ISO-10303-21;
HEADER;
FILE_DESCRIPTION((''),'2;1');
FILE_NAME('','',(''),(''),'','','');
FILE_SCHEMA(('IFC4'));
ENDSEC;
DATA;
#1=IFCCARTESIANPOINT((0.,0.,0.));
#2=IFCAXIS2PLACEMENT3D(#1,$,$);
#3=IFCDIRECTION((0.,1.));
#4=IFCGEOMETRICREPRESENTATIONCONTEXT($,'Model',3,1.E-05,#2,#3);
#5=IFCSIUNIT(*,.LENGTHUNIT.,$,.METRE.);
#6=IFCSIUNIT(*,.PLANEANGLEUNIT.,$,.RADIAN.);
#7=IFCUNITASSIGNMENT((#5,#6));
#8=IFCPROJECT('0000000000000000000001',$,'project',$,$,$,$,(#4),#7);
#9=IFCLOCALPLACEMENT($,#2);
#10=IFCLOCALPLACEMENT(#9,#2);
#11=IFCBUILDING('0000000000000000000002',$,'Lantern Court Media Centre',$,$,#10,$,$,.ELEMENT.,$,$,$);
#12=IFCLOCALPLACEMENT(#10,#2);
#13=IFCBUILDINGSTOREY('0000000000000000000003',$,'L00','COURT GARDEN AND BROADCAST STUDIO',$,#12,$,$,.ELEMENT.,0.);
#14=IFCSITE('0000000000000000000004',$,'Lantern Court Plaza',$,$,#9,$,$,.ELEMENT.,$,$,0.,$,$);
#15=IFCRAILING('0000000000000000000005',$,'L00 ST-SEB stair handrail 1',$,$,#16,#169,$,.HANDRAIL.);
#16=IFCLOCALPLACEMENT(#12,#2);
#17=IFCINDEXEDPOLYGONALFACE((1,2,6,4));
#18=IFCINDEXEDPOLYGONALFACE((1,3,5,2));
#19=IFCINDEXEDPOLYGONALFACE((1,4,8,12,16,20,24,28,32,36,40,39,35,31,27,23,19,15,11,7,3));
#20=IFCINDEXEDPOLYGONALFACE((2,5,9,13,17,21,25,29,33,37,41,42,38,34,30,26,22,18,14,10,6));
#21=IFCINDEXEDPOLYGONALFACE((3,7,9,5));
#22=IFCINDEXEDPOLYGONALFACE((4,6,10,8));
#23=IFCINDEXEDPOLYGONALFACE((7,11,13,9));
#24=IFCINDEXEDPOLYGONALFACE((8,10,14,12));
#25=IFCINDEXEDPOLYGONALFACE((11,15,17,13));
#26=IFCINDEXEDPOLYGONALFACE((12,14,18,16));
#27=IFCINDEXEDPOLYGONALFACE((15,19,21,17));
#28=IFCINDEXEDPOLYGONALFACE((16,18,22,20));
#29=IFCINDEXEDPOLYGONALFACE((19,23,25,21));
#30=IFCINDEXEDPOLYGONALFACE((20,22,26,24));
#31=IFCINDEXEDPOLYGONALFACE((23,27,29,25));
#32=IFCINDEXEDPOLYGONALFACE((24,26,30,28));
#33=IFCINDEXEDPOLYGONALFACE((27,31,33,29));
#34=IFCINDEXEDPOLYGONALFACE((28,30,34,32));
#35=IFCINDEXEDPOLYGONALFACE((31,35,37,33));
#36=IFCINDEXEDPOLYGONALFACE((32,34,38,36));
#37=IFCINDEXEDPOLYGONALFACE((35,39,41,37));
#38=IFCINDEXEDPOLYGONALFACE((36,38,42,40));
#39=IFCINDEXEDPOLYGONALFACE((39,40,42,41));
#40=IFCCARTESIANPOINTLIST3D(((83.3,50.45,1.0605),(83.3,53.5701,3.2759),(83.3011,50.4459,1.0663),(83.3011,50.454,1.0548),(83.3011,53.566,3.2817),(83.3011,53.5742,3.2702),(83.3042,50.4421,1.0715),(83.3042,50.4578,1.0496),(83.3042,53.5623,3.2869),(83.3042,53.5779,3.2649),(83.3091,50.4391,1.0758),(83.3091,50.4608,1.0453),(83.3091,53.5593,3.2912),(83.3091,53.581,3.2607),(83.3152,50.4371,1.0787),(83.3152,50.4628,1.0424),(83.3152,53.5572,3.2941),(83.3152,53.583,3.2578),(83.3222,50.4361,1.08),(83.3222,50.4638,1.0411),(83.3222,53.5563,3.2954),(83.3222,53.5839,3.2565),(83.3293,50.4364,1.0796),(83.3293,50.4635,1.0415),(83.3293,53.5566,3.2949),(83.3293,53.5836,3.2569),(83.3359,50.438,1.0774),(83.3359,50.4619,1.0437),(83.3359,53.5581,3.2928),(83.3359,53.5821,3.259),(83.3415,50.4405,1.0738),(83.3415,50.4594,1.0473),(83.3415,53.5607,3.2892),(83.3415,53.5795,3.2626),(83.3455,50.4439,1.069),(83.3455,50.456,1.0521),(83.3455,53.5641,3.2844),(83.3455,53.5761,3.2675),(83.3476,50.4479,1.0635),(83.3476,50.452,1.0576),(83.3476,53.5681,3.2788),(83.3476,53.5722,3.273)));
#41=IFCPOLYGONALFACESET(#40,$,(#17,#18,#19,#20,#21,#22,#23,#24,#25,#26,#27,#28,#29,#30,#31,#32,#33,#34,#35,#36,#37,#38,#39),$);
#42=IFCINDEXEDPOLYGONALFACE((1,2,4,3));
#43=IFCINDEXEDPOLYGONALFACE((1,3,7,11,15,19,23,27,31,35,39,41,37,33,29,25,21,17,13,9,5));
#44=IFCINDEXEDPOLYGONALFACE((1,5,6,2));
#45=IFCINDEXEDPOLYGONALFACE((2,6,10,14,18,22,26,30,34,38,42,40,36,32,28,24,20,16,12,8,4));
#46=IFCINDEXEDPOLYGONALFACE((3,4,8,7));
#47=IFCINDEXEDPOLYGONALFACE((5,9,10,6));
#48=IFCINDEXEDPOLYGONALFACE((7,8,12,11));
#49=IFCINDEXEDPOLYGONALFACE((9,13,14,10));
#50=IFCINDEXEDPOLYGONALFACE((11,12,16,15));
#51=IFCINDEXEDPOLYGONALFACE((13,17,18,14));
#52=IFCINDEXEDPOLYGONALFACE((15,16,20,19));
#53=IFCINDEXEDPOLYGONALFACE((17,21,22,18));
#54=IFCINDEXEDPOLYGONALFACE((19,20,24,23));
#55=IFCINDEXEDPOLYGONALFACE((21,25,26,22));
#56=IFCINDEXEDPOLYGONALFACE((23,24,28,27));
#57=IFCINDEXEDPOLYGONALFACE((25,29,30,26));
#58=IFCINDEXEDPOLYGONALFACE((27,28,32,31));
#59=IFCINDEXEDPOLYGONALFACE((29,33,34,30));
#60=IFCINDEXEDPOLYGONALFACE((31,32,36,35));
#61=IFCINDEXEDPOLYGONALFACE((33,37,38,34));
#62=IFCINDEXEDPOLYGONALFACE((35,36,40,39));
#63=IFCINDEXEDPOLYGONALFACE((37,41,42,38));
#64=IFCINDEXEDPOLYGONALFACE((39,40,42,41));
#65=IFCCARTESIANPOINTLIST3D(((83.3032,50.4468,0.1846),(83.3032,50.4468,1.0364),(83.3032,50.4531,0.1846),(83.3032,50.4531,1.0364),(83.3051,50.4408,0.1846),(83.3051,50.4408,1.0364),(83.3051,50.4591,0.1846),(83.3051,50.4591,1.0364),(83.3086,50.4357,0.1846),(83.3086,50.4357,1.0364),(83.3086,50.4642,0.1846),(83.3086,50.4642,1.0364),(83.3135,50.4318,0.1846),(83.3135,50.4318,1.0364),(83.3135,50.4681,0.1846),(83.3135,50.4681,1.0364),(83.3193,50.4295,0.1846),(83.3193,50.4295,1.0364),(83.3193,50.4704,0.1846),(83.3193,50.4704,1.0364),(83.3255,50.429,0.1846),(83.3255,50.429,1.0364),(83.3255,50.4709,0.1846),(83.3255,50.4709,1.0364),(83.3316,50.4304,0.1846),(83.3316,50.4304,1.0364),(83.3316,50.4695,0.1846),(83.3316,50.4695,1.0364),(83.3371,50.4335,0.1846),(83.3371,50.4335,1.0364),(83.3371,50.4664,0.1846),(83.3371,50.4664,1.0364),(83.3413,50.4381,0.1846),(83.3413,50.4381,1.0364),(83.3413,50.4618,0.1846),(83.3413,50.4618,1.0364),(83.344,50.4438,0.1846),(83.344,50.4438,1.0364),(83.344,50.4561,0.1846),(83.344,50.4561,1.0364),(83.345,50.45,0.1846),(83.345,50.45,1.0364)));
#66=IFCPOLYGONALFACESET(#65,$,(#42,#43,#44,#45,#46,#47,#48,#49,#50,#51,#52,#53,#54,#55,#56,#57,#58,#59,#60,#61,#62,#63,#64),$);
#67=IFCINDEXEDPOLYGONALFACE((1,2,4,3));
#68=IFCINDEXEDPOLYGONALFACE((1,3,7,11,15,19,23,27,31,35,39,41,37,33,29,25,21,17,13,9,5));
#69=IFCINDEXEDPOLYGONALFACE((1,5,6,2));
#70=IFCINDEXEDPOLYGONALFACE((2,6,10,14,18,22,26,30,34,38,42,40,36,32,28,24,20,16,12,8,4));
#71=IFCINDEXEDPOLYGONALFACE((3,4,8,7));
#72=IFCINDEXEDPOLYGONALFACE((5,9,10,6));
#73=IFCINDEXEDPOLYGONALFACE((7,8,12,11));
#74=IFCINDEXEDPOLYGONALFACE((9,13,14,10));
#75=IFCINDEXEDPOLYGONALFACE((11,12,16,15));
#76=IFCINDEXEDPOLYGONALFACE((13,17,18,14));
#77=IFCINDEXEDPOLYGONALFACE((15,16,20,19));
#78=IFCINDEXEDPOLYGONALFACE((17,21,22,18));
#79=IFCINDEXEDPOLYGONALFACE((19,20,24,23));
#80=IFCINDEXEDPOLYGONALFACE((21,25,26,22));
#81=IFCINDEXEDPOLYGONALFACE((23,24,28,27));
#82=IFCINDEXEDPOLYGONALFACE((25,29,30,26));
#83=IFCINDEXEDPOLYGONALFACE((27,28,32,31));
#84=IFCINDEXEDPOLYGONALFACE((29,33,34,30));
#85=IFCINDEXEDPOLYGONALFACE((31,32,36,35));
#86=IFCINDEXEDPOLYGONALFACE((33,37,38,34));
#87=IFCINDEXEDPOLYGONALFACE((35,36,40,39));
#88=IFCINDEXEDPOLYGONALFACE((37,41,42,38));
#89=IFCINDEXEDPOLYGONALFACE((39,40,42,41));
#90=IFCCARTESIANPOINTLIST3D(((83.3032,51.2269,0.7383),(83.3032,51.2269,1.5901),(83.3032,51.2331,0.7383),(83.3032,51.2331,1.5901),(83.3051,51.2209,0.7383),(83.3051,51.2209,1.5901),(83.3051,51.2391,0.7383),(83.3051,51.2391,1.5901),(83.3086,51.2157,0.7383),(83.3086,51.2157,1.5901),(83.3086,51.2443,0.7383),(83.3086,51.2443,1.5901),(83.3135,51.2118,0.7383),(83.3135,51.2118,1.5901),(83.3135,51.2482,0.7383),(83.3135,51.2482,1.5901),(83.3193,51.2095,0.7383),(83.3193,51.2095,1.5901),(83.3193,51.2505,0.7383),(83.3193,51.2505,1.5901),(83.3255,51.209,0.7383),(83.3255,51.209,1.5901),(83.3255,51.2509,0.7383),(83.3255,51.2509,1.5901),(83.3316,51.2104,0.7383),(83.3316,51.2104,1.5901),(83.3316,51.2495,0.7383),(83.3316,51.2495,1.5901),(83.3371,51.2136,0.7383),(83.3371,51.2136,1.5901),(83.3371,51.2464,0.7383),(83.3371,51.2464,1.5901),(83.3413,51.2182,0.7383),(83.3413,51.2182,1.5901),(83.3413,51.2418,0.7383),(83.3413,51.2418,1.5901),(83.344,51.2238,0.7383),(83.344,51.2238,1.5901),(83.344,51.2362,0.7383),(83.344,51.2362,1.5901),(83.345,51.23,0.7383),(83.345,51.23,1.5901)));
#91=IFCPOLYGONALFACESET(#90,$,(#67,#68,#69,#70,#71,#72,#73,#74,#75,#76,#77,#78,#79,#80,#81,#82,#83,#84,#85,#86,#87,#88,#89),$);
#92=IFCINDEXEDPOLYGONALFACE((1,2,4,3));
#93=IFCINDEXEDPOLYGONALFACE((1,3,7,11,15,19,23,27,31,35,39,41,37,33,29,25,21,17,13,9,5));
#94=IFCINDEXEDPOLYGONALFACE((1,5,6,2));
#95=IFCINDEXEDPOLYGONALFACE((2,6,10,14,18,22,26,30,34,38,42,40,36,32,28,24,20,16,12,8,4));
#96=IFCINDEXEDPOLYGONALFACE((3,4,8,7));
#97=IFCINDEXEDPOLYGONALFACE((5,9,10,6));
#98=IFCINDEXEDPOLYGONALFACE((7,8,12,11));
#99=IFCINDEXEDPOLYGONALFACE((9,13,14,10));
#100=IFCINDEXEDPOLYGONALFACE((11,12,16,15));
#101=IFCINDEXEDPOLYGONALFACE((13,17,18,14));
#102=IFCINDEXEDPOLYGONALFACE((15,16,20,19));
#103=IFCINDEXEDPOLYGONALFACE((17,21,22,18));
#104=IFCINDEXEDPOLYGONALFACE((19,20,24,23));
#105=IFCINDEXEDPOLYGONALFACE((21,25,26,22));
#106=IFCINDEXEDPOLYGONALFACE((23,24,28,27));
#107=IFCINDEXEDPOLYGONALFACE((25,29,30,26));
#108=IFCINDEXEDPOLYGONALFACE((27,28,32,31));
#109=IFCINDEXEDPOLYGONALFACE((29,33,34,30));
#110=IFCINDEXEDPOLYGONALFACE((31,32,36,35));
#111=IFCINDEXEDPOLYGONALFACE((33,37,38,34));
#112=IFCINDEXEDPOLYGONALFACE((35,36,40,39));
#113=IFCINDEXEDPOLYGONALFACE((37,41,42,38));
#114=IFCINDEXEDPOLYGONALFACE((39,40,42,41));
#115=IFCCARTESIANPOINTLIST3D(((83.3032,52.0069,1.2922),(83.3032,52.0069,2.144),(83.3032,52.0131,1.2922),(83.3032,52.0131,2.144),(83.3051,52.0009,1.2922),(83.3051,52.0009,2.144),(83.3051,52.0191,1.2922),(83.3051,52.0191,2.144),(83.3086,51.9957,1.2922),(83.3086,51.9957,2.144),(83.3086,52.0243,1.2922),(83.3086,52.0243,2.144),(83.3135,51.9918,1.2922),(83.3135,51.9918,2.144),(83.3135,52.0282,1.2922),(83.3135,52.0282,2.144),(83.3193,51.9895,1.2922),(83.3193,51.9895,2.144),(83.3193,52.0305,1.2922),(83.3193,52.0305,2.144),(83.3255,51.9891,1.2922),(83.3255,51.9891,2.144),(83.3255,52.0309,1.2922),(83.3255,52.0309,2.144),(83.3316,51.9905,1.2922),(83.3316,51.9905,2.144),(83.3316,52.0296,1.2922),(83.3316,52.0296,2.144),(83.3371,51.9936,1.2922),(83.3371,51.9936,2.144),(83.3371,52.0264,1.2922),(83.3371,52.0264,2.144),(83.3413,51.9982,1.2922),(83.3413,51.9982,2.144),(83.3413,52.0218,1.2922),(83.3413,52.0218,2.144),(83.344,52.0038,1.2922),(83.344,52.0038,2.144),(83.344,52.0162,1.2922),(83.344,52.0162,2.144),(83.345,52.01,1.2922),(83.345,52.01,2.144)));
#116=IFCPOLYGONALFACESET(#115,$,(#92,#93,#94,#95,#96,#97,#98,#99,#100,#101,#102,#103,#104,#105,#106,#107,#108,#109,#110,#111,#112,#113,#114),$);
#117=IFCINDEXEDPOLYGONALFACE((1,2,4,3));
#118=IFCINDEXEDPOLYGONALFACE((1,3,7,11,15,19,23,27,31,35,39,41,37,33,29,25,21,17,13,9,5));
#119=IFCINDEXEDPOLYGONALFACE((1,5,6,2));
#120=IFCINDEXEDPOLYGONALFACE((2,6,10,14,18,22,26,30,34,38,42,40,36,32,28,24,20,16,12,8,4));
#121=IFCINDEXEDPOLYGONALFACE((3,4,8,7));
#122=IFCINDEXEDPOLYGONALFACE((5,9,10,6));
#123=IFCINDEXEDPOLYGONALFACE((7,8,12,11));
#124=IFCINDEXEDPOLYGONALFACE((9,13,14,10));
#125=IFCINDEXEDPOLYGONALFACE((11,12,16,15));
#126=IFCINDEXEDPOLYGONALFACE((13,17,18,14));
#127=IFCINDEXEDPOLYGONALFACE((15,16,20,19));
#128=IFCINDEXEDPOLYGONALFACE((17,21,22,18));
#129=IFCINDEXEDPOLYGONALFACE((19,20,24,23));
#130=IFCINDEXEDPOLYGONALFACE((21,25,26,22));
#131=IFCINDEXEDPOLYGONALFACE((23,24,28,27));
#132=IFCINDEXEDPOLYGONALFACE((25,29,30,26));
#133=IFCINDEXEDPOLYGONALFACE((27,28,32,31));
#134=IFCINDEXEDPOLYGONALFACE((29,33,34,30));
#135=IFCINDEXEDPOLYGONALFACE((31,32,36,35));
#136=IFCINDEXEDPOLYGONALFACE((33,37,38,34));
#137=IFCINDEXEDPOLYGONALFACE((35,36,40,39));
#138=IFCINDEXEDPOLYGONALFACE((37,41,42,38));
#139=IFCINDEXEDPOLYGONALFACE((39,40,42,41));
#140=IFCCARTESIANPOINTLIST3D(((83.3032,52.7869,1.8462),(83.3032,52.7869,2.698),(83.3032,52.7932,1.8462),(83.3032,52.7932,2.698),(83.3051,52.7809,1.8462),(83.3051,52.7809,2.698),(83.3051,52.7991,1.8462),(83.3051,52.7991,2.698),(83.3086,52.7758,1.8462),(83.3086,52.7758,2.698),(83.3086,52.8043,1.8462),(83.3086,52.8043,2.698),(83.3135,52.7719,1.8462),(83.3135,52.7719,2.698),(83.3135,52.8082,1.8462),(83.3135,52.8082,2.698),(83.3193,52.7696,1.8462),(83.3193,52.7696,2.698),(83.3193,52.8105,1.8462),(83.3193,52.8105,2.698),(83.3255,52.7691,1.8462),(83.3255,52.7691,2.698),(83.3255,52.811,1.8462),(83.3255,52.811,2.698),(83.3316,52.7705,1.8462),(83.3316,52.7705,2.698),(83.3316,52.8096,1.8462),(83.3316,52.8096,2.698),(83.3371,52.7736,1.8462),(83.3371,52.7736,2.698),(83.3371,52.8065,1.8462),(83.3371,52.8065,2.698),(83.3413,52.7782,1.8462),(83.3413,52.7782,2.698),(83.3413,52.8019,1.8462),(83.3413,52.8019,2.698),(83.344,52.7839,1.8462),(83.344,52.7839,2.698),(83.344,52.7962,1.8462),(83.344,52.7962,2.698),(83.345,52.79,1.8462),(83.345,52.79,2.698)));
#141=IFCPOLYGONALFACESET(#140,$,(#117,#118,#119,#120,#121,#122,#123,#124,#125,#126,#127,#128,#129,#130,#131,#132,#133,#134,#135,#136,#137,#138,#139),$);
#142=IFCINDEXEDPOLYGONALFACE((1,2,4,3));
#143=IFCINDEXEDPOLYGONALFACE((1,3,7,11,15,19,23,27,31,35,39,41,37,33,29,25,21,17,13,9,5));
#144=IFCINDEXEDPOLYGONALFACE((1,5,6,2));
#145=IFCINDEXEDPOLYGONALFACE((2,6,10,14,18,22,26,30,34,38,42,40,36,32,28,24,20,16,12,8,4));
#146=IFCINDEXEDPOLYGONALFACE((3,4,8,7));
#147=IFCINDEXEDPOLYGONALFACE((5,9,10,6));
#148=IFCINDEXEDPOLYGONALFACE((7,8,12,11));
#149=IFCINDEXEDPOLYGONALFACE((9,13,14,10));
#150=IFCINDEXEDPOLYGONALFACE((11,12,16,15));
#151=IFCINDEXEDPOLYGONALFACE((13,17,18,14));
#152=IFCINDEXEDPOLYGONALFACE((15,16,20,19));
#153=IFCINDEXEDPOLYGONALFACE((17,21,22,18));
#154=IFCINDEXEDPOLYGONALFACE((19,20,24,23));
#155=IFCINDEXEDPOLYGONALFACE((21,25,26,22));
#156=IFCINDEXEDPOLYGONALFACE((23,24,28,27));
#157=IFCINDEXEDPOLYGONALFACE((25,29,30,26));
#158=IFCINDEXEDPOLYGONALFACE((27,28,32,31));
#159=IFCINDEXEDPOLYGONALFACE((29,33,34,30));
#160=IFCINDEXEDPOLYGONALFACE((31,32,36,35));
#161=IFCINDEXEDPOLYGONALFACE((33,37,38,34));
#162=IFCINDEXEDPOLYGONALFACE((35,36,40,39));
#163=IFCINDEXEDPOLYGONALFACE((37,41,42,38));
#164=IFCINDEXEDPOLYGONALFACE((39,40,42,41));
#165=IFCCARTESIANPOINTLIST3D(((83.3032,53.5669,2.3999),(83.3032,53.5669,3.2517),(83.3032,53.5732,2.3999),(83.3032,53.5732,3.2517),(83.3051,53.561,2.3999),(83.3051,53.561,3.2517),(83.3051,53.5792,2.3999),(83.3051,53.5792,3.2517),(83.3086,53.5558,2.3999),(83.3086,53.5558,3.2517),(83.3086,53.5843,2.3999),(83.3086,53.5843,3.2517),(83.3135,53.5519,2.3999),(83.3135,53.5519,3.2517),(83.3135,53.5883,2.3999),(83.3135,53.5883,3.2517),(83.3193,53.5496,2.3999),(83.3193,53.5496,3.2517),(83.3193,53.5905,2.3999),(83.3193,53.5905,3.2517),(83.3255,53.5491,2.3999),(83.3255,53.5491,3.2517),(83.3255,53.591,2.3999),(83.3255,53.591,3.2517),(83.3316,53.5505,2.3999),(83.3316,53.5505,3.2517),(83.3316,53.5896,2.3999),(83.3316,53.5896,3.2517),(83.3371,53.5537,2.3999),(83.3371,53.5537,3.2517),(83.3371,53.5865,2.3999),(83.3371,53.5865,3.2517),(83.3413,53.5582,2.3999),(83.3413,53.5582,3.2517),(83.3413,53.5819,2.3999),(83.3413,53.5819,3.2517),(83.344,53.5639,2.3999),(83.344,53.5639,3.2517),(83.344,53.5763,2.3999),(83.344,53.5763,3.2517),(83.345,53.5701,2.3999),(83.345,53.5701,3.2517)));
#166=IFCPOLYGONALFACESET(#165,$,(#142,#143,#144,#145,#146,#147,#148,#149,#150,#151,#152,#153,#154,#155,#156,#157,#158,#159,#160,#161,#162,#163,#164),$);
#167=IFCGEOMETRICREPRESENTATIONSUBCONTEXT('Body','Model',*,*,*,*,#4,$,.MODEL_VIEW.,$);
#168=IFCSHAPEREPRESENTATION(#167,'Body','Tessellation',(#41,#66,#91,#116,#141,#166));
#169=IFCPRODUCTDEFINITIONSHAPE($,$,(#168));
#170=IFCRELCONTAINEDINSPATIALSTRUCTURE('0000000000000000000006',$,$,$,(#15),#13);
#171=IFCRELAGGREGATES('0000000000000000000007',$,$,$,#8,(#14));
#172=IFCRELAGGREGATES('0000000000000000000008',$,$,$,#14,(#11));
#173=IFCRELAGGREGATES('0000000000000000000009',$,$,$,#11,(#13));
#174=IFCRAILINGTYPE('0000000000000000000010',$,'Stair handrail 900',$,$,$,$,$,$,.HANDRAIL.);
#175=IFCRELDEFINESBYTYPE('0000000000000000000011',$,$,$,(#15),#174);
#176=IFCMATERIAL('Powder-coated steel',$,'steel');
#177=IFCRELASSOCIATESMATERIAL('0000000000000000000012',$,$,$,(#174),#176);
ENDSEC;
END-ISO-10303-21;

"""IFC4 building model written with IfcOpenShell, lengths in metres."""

from ifc_helpers import new_model, si_unit, direction, frame, origin, origin_2d, place, context, subcontext, project, spatial, circle, extrude, material, type_object, element, save


model = new_model("IFC4")

# Units and contexts
model_context = context("Model", 3, precision=1e-05, world=origin(), true_north=direction((0.0, 1.0)))
body_context = subcontext(model_context, "Body", "Model", "MODEL_VIEW")
ifc_project = project(units=[si_unit("LENGTHUNIT", "METRE"), si_unit("PLANEANGLEUNIT", "RADIAN")], contexts=[model_context])

# Site, building, storey
site_placement = place(None, origin())
site = spatial("IfcSite", under=ifc_project, at=site_placement, Name="Lantern Court Plaza", CompositionType="ELEMENT", RefElevation=0.0)
building_placement = place(site_placement, origin())
building = spatial("IfcBuilding", under=site, at=building_placement, Name="Lantern Court Media Centre", CompositionType="ELEMENT")
storey_placement = place(building_placement, origin())
storey = spatial("IfcBuildingStorey", under=building, at=storey_placement, Name="L00", Description="COURT GARDEN AND BROADCAST STUDIO", CompositionType="ELEMENT", Elevation=0.0)

# Railing
ifc_material_1 = material(Name="Powder-coated steel", Category="steel")
railing_type_1 = type_object("IfcRailingType", Name="Stair handrail 900", PredefinedType="HANDRAIL", material=ifc_material_1)
railing_1_placement = place(storey_placement, frame((83.324, 50.45, 0.1846)))
element("IfcRailing", 1, at=railing_1_placement, inside=storey, type_object=railing_type_1, Name="L00 ST-SEB stair handrail 1", PredefinedType="HANDRAIL", context=body_context, shape_type="SweptSolid", body=[
    extrude(circle(Radius=0.0239, at=origin_2d()), frame((0.0, 0.0, 0.876), z_axis=(0.0, 0.815377, 0.57893), x_axis=(-1.0, 0.0, 0.0)), (0.0, 0.0, 1.0), 3.8267),
    extrude(circle(Radius=0.021, at=origin_2d()), origin(), (0.0, 0.0, 1.0), 0.8518),
    extrude(circle(Radius=0.021, at=origin_2d()), frame((0.0, 0.78, 0.5537)), (0.0, 0.0, 1.0), 0.8518),
    extrude(circle(Radius=0.021, at=origin_2d()), frame((0.0, 1.5601, 1.1077)), (0.0, 0.0, 1.0), 0.8518),
    extrude(circle(Radius=0.021, at=origin_2d()), frame((0.0, 2.3401, 1.6616)), (0.0, 0.0, 1.0), 0.8518),
    extrude(circle(Radius=0.021, at=origin_2d()), frame((0.0, 3.1201, 2.2153)), (0.0, 0.0, 1.0), 0.8518),
])

save(model, "model.ifc")
